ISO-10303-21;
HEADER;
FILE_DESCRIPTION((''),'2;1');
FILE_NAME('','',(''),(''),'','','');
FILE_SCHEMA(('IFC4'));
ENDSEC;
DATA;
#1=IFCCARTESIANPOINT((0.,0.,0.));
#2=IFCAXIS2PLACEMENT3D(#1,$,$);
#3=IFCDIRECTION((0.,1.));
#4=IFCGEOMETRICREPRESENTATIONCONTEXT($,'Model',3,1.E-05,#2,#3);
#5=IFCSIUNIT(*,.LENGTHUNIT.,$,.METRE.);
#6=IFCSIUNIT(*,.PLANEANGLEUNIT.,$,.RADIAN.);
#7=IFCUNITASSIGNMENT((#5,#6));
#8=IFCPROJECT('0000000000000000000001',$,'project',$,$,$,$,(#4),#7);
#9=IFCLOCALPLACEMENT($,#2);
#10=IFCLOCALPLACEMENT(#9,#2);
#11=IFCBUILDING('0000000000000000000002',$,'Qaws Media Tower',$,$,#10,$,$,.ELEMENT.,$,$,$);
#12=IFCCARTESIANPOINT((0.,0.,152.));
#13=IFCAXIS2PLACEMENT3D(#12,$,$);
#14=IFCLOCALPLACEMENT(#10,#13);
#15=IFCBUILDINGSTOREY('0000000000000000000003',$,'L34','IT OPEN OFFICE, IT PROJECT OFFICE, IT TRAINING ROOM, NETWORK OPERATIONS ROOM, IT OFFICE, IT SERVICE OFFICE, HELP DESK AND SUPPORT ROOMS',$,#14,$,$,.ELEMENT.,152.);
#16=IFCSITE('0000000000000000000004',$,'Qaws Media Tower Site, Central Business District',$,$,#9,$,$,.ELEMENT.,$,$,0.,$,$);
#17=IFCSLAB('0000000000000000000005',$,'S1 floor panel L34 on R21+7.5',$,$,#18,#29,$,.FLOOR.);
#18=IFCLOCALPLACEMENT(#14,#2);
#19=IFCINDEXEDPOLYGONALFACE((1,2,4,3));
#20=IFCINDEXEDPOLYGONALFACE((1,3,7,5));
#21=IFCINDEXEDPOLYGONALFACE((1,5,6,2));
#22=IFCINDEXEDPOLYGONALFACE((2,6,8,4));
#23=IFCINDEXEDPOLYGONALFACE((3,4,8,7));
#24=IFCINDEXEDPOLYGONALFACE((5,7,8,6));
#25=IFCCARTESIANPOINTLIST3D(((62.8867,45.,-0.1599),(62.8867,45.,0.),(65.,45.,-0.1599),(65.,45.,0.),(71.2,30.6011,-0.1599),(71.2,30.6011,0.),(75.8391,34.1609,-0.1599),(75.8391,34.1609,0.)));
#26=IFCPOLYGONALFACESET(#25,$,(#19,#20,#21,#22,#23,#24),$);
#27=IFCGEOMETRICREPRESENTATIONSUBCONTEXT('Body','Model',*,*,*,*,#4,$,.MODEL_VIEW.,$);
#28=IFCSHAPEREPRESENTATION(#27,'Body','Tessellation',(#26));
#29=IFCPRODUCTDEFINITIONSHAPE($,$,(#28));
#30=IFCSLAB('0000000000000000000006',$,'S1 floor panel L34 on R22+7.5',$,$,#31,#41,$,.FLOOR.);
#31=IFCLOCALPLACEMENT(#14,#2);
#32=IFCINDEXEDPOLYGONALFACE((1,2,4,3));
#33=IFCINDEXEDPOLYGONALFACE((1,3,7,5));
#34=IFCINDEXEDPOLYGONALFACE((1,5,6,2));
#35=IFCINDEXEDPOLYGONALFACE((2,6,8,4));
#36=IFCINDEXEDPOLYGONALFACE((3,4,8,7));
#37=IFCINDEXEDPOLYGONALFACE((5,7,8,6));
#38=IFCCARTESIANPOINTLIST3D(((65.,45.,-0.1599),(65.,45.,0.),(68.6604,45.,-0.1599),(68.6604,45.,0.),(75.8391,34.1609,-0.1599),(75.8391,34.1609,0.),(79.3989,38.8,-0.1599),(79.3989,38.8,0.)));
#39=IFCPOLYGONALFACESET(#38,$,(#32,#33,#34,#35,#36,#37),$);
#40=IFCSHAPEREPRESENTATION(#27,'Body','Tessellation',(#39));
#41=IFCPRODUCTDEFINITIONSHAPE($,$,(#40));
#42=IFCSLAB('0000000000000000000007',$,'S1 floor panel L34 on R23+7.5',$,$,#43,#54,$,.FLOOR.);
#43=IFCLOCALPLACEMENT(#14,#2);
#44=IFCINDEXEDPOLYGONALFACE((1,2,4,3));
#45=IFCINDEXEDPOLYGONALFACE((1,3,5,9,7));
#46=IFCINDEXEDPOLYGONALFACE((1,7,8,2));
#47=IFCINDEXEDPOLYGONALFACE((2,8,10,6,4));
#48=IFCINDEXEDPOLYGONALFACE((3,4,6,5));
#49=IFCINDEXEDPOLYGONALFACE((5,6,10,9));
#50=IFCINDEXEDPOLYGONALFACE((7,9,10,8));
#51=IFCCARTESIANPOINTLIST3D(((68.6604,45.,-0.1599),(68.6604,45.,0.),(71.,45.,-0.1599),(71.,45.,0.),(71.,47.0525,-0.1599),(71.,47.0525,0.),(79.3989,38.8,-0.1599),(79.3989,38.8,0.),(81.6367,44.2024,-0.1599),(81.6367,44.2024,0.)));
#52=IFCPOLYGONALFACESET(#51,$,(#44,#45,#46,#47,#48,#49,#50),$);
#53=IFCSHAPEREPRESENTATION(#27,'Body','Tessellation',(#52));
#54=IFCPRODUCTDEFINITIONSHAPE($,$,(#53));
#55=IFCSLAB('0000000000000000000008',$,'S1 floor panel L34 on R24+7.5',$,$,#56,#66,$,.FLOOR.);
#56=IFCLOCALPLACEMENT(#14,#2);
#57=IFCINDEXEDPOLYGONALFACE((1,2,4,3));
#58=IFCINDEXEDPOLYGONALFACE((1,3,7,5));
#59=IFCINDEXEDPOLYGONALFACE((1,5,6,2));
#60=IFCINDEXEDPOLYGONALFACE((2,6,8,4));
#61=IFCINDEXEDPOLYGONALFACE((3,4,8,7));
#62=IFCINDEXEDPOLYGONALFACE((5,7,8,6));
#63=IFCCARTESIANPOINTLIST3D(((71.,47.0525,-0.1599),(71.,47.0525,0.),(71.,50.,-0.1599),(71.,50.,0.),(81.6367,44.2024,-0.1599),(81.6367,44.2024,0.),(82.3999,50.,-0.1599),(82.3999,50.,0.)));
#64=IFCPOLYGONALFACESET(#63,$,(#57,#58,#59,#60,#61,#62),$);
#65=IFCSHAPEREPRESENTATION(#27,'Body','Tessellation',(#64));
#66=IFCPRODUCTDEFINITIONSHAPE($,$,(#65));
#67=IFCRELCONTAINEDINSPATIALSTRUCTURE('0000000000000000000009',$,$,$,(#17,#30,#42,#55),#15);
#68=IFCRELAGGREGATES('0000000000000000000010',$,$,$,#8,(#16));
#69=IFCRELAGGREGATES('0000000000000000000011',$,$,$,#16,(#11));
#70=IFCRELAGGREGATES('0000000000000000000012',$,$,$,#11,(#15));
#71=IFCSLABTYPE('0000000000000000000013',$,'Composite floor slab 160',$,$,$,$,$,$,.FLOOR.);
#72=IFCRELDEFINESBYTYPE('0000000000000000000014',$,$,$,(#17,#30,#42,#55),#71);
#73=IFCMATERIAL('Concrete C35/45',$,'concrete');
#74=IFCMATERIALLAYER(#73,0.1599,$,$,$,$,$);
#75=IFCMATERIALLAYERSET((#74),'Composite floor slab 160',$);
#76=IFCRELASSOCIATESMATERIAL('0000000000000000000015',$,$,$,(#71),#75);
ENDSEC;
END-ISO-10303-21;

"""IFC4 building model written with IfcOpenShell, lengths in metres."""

from ifc_helpers import new_model, si_unit, direction, frame, origin, place, context, subcontext, project, spatial, polyline, outline, extrude, material, layer, layer_set, type_object, element, save


model = new_model("IFC4")

# Units and contexts
model_context = context("Model", 3, precision=1e-05, world=origin(), true_north=direction((0.0, 1.0)))
body_context = subcontext(model_context, "Body", "Model", "MODEL_VIEW")
ifc_project = project(units=[si_unit("LENGTHUNIT", "METRE"), si_unit("PLANEANGLEUNIT", "RADIAN")], contexts=[model_context])

# Site, building, storey
site_placement = place(None, origin())
site = spatial("IfcSite", under=ifc_project, at=site_placement, Name="Qaws Media Tower Site, Central Business District", CompositionType="ELEMENT", RefElevation=0.0)
building_placement = place(site_placement, origin())
building = spatial("IfcBuilding", under=site, at=building_placement, Name="Qaws Media Tower", CompositionType="ELEMENT")
storey_placement = place(building_placement, frame((0.0, 0.0, 152.0)))
storey = spatial("IfcBuildingStorey", under=building, at=storey_placement, Name="L34", Description="IT OPEN OFFICE, IT PROJECT OFFICE, IT TRAINING ROOM, NETWORK OPERATIONS ROOM, IT OFFICE, IT SERVICE OFFICE, HELP DESK AND SUPPORT ROOMS", CompositionType="ELEMENT", Elevation=152.0)

# Slabs
ifc_material_1 = material(Name="Concrete C35/45", Category="concrete")
ifc_layer_1 = layer(ifc_material_1, 0.1599)
ifc_layer_set_1 = layer_set([ifc_layer_1], Name="Composite floor slab 160")
slab_type_1 = type_object("IfcSlabType", Name="Composite floor slab 160", PredefinedType="FLOOR", material=ifc_layer_set_1)
slab_1_placement = place(storey_placement, frame((0.0, 0.0, -0.1599)))
element("IfcSlab", 1, at=slab_1_placement, inside=storey, type_object=slab_type_1, Name="S1 floor panel L34 on R21+7.5", PredefinedType="FLOOR", context=body_context, shape_type="SweptSolid", body=[
    extrude(outline(polyline([(71.2, 30.6011), (62.8867, 45.0), (65.0, 45.0), (75.8391, 34.1609), (71.2, 30.6011)])), origin(), (0.0, 0.0, 1.0), 0.1599),
])
slab_2_placement = place(storey_placement, frame((0.0, 0.0, -0.1599)))
element("IfcSlab", 2, at=slab_2_placement, inside=storey, type_object=slab_type_1, Name="S1 floor panel L34 on R22+7.5", PredefinedType="FLOOR", context=body_context, shape_type="SweptSolid", body=[
    extrude(outline(polyline([(75.8391, 34.1609), (65.0, 45.0), (68.6604, 45.0), (79.3989, 38.8), (75.8391, 34.1609)])), origin(), (0.0, 0.0, 1.0), 0.1599),
])
slab_3_placement = place(storey_placement, frame((0.0, 0.0, -0.1599)))
element("IfcSlab", 3, at=slab_3_placement, inside=storey, type_object=slab_type_1, Name="S1 floor panel L34 on R23+7.5", PredefinedType="FLOOR", context=body_context, shape_type="SweptSolid", body=[
    extrude(outline(polyline([(81.6367, 44.2024), (79.3989, 38.8), (68.6604, 45.0), (71.0, 45.0), (71.0, 47.0525), (81.6367, 44.2024)])), origin(), (0.0, 0.0, 1.0), 0.1599),
])
slab_4_placement = place(storey_placement, frame((0.0, 0.0, -0.1599)))
element("IfcSlab", 4, at=slab_4_placement, inside=storey, type_object=slab_type_1, Name="S1 floor panel L34 on R24+7.5", PredefinedType="FLOOR", context=body_context, shape_type="SweptSolid", body=[
    extrude(outline(polyline([(81.6367, 44.2024), (71.0, 47.0525), (71.0, 50.0), (82.3999, 50.0), (81.6367, 44.2024)])), origin(), (0.0, 0.0, 1.0), 0.1599),
])

save(model, "model.ifc")
